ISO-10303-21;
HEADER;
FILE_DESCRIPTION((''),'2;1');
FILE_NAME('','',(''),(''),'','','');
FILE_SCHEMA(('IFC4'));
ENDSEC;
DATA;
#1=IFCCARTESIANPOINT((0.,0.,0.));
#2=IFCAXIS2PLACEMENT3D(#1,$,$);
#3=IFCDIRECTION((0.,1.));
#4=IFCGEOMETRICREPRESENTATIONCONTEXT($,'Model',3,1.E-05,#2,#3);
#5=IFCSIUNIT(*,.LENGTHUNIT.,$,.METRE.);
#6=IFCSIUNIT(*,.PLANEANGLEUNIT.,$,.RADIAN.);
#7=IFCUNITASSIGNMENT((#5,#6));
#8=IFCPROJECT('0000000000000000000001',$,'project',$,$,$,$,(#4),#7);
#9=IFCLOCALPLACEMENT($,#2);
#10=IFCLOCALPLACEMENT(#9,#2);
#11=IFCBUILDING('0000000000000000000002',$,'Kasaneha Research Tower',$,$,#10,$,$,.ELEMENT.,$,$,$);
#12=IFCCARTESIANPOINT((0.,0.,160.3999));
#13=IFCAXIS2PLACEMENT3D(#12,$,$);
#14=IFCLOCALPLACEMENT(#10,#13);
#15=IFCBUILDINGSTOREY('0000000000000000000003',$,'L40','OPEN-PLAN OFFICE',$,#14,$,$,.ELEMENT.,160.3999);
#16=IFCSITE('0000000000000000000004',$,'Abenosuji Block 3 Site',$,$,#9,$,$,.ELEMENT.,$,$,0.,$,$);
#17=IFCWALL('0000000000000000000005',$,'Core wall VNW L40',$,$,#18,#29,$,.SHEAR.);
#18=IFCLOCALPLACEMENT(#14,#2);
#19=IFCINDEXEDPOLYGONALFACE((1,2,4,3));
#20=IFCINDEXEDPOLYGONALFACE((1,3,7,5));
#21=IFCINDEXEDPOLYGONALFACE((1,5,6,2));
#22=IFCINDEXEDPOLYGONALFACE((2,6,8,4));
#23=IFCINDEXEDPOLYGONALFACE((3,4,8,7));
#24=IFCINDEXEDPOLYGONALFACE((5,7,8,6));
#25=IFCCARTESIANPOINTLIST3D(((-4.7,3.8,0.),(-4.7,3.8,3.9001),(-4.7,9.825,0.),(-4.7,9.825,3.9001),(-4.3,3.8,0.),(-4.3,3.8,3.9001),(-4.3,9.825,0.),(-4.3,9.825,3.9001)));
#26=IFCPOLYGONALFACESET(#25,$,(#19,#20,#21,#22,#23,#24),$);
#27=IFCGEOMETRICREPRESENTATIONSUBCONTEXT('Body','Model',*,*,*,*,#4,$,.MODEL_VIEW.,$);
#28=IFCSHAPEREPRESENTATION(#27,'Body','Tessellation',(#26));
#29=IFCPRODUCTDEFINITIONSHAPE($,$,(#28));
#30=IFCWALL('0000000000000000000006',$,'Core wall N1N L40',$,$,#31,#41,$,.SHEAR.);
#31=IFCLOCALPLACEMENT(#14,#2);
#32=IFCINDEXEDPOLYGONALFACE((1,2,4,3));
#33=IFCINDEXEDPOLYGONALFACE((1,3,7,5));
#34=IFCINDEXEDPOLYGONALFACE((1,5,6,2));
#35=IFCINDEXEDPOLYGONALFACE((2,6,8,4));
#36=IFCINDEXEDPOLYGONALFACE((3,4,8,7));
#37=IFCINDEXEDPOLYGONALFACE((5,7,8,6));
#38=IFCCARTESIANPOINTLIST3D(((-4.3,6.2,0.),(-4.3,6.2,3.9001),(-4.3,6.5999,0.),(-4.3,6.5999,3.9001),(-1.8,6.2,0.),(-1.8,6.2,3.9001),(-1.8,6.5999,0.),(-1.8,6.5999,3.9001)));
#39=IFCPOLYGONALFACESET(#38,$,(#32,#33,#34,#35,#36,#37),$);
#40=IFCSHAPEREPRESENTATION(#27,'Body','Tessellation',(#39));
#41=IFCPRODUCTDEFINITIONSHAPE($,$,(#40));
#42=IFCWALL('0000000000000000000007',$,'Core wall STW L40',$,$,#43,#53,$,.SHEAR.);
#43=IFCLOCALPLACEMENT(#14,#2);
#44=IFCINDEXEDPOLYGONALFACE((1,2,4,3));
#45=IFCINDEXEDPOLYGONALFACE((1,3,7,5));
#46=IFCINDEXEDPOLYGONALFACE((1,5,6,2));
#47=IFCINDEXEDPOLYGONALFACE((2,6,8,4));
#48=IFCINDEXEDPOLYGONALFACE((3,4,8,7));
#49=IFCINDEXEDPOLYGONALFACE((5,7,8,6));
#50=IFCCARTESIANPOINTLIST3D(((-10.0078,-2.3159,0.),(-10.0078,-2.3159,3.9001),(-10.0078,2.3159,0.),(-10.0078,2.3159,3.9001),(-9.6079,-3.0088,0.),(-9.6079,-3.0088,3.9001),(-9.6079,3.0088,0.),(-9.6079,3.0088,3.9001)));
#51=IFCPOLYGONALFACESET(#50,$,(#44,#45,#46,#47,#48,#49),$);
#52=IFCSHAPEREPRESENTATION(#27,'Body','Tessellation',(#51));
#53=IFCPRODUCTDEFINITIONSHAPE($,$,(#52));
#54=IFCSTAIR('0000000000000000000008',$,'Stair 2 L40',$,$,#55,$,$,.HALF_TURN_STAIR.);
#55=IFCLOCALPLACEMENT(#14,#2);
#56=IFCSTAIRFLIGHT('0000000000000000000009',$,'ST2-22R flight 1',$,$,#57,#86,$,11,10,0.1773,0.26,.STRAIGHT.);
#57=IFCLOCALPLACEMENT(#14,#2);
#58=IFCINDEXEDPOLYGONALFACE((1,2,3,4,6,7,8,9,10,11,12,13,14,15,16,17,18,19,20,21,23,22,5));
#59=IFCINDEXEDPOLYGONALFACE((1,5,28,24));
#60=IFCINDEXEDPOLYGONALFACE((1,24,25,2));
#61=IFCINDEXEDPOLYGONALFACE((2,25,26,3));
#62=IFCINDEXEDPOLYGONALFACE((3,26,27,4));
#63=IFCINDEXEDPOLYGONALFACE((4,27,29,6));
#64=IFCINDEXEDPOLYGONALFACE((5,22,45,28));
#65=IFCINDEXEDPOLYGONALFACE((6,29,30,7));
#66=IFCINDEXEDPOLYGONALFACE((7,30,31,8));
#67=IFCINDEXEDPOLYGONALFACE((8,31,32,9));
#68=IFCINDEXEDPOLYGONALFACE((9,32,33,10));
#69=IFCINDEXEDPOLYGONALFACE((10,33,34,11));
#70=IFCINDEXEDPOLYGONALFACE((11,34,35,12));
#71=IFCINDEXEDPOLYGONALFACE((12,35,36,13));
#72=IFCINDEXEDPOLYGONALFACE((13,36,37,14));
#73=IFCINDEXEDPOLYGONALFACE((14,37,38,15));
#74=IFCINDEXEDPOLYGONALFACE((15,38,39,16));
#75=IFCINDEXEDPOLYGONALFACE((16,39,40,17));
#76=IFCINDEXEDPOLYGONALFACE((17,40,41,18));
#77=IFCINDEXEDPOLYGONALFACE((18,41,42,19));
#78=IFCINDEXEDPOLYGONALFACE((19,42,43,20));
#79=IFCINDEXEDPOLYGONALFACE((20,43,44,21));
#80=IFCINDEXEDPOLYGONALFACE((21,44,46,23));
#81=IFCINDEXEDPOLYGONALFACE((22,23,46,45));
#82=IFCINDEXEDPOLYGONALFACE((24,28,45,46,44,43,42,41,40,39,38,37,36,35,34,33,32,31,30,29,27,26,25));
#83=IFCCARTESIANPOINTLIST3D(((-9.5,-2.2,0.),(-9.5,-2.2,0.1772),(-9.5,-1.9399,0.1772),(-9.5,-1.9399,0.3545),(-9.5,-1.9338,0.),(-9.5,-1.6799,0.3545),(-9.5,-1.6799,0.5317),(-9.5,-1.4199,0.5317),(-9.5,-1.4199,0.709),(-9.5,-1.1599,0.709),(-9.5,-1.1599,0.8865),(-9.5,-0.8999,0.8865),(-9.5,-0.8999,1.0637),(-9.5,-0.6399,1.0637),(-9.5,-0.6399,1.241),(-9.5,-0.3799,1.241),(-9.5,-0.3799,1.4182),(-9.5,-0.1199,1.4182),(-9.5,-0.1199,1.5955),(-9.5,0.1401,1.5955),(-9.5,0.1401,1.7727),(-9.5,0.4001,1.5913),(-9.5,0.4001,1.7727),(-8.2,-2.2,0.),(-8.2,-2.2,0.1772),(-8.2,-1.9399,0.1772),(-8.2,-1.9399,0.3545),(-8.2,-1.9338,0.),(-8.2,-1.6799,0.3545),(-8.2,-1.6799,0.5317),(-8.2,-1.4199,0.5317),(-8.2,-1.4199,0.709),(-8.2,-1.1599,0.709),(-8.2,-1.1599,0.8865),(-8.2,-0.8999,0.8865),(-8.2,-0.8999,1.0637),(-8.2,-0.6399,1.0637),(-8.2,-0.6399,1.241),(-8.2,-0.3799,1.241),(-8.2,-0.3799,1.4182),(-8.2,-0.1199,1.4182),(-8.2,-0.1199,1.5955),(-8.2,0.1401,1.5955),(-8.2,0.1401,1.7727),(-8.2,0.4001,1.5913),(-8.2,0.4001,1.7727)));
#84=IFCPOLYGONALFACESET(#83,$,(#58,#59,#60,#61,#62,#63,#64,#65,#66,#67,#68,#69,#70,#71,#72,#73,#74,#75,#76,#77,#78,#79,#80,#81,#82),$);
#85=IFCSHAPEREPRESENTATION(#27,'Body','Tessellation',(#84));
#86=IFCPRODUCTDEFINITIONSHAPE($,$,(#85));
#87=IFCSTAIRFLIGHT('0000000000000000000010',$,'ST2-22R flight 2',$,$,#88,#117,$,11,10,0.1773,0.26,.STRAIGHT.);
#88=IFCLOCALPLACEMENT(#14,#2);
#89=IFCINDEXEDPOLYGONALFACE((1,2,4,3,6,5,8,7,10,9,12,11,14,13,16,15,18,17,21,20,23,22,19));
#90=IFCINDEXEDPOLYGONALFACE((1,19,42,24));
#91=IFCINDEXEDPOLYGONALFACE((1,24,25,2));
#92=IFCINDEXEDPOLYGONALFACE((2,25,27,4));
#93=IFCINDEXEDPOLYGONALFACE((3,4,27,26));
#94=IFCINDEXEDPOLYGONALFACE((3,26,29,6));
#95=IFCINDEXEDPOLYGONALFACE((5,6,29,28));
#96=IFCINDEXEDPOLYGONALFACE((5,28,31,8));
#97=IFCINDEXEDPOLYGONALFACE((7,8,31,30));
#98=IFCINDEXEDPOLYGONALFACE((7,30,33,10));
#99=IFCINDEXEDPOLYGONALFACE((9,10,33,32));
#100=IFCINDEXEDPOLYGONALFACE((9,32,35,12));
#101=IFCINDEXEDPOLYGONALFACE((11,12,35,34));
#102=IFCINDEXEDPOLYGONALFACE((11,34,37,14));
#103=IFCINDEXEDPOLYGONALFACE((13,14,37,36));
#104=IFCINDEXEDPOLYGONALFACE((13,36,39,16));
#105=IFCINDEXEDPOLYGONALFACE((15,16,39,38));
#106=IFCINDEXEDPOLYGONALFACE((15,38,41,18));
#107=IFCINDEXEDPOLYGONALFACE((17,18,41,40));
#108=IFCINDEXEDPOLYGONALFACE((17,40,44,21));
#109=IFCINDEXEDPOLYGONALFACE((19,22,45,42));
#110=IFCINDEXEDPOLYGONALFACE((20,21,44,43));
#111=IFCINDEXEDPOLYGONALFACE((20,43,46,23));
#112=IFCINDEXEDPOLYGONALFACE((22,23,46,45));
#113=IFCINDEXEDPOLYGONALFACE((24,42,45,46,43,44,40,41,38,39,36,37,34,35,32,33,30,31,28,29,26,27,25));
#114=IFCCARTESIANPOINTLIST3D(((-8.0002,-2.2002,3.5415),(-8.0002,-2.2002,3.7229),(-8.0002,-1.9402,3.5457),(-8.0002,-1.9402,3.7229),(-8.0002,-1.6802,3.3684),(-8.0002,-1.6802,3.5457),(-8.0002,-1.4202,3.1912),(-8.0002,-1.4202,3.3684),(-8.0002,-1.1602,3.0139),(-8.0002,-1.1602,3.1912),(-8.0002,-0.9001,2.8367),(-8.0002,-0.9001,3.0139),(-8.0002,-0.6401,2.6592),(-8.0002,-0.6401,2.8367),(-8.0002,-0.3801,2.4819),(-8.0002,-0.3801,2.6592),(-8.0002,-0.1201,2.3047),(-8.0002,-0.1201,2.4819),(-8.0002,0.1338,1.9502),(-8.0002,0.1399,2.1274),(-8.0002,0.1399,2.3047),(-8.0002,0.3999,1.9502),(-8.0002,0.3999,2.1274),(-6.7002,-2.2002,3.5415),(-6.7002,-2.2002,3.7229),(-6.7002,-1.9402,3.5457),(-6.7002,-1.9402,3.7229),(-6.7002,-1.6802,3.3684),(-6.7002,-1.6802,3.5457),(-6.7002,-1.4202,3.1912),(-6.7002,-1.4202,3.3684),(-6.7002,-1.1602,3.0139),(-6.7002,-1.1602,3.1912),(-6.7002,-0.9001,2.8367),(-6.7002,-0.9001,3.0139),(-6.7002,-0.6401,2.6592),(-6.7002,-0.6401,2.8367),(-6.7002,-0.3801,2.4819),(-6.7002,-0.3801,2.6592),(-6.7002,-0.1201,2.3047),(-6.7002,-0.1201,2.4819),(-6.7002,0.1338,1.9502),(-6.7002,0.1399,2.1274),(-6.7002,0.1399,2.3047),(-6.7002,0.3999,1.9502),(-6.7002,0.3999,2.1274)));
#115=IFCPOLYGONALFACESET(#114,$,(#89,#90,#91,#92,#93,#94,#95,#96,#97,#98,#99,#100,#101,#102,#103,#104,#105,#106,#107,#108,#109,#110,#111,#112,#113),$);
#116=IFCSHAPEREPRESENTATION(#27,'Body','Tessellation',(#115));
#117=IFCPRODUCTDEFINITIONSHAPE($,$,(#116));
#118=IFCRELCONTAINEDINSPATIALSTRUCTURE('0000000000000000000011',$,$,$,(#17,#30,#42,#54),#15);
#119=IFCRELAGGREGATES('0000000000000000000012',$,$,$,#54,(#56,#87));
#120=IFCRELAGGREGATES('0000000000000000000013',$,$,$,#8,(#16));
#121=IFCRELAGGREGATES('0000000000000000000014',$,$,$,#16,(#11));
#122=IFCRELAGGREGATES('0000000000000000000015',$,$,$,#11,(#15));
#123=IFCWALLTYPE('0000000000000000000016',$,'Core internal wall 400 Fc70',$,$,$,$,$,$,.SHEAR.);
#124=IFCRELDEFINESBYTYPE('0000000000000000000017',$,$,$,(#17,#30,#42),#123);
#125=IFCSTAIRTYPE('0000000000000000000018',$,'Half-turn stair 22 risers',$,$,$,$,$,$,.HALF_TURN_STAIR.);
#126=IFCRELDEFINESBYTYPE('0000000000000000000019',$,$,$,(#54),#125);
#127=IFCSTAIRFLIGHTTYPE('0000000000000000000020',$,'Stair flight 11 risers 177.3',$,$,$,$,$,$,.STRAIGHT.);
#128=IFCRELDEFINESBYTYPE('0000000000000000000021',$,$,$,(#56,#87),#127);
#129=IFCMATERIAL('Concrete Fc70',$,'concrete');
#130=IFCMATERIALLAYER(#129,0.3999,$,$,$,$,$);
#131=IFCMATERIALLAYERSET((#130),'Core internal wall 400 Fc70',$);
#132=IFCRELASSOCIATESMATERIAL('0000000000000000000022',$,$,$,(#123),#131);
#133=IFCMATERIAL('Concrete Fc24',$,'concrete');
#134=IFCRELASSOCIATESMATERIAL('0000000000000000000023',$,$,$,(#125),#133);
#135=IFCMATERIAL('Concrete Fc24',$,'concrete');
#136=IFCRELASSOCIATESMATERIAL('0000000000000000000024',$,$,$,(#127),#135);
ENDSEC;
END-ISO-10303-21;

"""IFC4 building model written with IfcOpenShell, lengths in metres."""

from ifc_helpers import new_model, si_unit, direction, frame, frame_2d, origin, place, context, subcontext, project, spatial, polyline, rectangle, outline, extrude, material, layer, layer_set, type_object, element, aggregate, save


model = new_model("IFC4")

# Units and contexts
model_context = context("Model", 3, precision=1e-05, world=origin(), true_north=direction((0.0, 1.0)))
body_context = subcontext(model_context, "Body", "Model", "MODEL_VIEW")
ifc_project = project(units=[si_unit("LENGTHUNIT", "METRE"), si_unit("PLANEANGLEUNIT", "RADIAN")], contexts=[model_context])

# Site, building, storey
site_placement = place(None, origin())
site = spatial("IfcSite", under=ifc_project, at=site_placement, Name="Abenosuji Block 3 Site", CompositionType="ELEMENT", RefElevation=0.0)
building_placement = place(site_placement, origin())
building = spatial("IfcBuilding", under=site, at=building_placement, Name="Kasaneha Research Tower", CompositionType="ELEMENT")
storey_placement = place(building_placement, frame((0.0, 0.0, 160.3999)))
storey = spatial("IfcBuildingStorey", under=building, at=storey_placement, Name="L40", Description="OPEN-PLAN OFFICE", CompositionType="ELEMENT", Elevation=160.3999)

# Shared definitions
ifc_material_1 = material(Name="Concrete Fc70", Category="concrete")
ifc_layer_1 = layer(ifc_material_1, 0.3999)
ifc_layer_set_1 = layer_set([ifc_layer_1], Name="Core internal wall 400 Fc70")
wall_type = type_object("IfcWallType", Name="Core internal wall 400 Fc70", PredefinedType="SHEAR", material=ifc_layer_set_1)

# Walls
wall_1_placement = place(storey_placement, frame((-4.5, 3.8, 0.0), z_axis=(0.0, 0.0, 1.0), x_axis=(0.0, 1.0, 0.0)))
element("IfcWall", 1, at=wall_1_placement, inside=storey, type_object=wall_type, Name="Core wall VNW L40", PredefinedType="SHEAR", context=body_context, shape_type="SweptSolid", body=[
    extrude(rectangle(XDim=6.0249, YDim=0.3999, at=frame_2d((3.0125, 0.0))), origin(), (0.0, 0.0, 1.0), 3.9001),
])
wall_2_placement = place(storey_placement, frame((-4.3, 6.3999, 0.0), z_axis=(0.0, 0.0, 1.0), x_axis=(1.0, 0.0, 0.0)))
element("IfcWall", 2, at=wall_2_placement, inside=storey, type_object=wall_type, Name="Core wall N1N L40", PredefinedType="SHEAR", context=body_context, shape_type="SweptSolid", body=[
    extrude(rectangle(XDim=2.5, YDim=0.3999, at=frame_2d((1.25, 0.0))), origin(), (0.0, 0.0, 1.0), 3.9001),
])
wall_3_placement = place(storey_placement, frame((-9.8079, -2.6624, 0.0), z_axis=(0.0, 0.0, 1.0), x_axis=(0.0, 1.0, 0.0)))
element("IfcWall", 3, at=wall_3_placement, inside=storey, type_object=wall_type, Name="Core wall STW L40", PredefinedType="SHEAR", context=body_context, shape_type="SweptSolid", body=[
    extrude(outline(polyline([(-0.3464, -0.2), (5.6711, -0.2), (4.9783, 0.2), (0.3464, 0.2), (-0.3464, -0.2)])), origin(), (0.0, 0.0, 1.0), 3.9001),
])

# Stair, stair flights
ifc_material_2 = material(Name="Concrete Fc24", Category="concrete")
stair_type = type_object("IfcStairType", Name="Half-turn stair 22 risers", PredefinedType="HALF_TURN_STAIR", material=ifc_material_2)
stair_placement = place(storey_placement, origin())
stair = element("IfcStair", 4, at=stair_placement, inside=storey, type_object=stair_type, Name="Stair 2 L40", PredefinedType="HALF_TURN_STAIR")
ifc_material_3 = material(Name="Concrete Fc24", Category="concrete")
stair_flight_type = type_object("IfcStairFlightType", Name="Stair flight 11 risers 177.3", PredefinedType="STRAIGHT", material=ifc_material_3)
stair_flight_1_placement = place(storey_placement, frame((-8.8501, -2.2, 0.0), z_axis=(0.0, 0.0, 1.0), x_axis=(0.0, 1.0, 0.0)))
stair_flight_1 = element("IfcStairFlight", 5, at=stair_flight_1_placement, type_object=stair_flight_type, Name="ST2-22R flight 1", NumberOfRisers=11, NumberOfTreads=10, PredefinedType="STRAIGHT", RiserHeight=0.1773, TreadLength=0.26, context=body_context, shape_type="SweptSolid", body=[
    extrude(outline(polyline([(0.0, 0.0), (0.0, 0.1772), (0.26, 0.1772), (0.26, 0.3545), (0.52, 0.3545), (0.52, 0.5317), (0.78, 0.5317), (0.78, 0.709), (1.04, 0.709), (1.04, 0.8865), (1.3, 0.8865), (1.3, 1.0637), (1.5601, 1.0637), (1.5601, 1.241), (1.8201, 1.241), (1.8201, 1.4182), (2.0801, 1.4182), (2.0801, 1.5955), (2.3401, 1.5955), (2.3401, 1.7727), (2.6001, 1.7727), (2.6001, 1.95), (2.6001, 1.5913), (0.2661, 0.0), (0.0, 0.0)])), frame((0.0, 0.6499, 0.0), z_axis=(0.0, -1.0, 0.0), x_axis=(1.0, 0.0, 0.0)), (0.0, 0.0, 1.0), 1.3),
])
stair_flight_2_placement = place(storey_placement, frame((-7.3501, 0.3999, 1.9502), z_axis=(0.0, 0.0, 1.0), x_axis=(0.0, -1.0, 0.0)))
stair_flight_2 = element("IfcStairFlight", 6, at=stair_flight_2_placement, type_object=stair_flight_type, Name="ST2-22R flight 2", NumberOfRisers=11, NumberOfTreads=10, PredefinedType="STRAIGHT", RiserHeight=0.1773, TreadLength=0.26, context=body_context, shape_type="SweptSolid", body=[
    extrude(outline(polyline([(0.0, 0.0), (0.0, 0.1772), (0.26, 0.1772), (0.26, 0.3545), (0.52, 0.3545), (0.52, 0.5317), (0.78, 0.5317), (0.78, 0.709), (1.04, 0.709), (1.04, 0.8865), (1.3, 0.8865), (1.3, 1.0637), (1.5601, 1.0637), (1.5601, 1.241), (1.8201, 1.241), (1.8201, 1.4182), (2.0801, 1.4182), (2.0801, 1.5955), (2.3401, 1.5955), (2.3401, 1.7727), (2.6001, 1.7727), (2.6001, 1.95), (2.6001, 1.5913), (0.2661, 0.0), (0.0, 0.0)])), frame((0.0, 0.6499, 0.0), z_axis=(0.0, -1.0, 0.0), x_axis=(1.0, 0.0, 0.0)), (0.0, 0.0, 1.0), 1.3),
])
aggregate(stair, [stair_flight_1, stair_flight_2])

save(model, "model.ifc")
